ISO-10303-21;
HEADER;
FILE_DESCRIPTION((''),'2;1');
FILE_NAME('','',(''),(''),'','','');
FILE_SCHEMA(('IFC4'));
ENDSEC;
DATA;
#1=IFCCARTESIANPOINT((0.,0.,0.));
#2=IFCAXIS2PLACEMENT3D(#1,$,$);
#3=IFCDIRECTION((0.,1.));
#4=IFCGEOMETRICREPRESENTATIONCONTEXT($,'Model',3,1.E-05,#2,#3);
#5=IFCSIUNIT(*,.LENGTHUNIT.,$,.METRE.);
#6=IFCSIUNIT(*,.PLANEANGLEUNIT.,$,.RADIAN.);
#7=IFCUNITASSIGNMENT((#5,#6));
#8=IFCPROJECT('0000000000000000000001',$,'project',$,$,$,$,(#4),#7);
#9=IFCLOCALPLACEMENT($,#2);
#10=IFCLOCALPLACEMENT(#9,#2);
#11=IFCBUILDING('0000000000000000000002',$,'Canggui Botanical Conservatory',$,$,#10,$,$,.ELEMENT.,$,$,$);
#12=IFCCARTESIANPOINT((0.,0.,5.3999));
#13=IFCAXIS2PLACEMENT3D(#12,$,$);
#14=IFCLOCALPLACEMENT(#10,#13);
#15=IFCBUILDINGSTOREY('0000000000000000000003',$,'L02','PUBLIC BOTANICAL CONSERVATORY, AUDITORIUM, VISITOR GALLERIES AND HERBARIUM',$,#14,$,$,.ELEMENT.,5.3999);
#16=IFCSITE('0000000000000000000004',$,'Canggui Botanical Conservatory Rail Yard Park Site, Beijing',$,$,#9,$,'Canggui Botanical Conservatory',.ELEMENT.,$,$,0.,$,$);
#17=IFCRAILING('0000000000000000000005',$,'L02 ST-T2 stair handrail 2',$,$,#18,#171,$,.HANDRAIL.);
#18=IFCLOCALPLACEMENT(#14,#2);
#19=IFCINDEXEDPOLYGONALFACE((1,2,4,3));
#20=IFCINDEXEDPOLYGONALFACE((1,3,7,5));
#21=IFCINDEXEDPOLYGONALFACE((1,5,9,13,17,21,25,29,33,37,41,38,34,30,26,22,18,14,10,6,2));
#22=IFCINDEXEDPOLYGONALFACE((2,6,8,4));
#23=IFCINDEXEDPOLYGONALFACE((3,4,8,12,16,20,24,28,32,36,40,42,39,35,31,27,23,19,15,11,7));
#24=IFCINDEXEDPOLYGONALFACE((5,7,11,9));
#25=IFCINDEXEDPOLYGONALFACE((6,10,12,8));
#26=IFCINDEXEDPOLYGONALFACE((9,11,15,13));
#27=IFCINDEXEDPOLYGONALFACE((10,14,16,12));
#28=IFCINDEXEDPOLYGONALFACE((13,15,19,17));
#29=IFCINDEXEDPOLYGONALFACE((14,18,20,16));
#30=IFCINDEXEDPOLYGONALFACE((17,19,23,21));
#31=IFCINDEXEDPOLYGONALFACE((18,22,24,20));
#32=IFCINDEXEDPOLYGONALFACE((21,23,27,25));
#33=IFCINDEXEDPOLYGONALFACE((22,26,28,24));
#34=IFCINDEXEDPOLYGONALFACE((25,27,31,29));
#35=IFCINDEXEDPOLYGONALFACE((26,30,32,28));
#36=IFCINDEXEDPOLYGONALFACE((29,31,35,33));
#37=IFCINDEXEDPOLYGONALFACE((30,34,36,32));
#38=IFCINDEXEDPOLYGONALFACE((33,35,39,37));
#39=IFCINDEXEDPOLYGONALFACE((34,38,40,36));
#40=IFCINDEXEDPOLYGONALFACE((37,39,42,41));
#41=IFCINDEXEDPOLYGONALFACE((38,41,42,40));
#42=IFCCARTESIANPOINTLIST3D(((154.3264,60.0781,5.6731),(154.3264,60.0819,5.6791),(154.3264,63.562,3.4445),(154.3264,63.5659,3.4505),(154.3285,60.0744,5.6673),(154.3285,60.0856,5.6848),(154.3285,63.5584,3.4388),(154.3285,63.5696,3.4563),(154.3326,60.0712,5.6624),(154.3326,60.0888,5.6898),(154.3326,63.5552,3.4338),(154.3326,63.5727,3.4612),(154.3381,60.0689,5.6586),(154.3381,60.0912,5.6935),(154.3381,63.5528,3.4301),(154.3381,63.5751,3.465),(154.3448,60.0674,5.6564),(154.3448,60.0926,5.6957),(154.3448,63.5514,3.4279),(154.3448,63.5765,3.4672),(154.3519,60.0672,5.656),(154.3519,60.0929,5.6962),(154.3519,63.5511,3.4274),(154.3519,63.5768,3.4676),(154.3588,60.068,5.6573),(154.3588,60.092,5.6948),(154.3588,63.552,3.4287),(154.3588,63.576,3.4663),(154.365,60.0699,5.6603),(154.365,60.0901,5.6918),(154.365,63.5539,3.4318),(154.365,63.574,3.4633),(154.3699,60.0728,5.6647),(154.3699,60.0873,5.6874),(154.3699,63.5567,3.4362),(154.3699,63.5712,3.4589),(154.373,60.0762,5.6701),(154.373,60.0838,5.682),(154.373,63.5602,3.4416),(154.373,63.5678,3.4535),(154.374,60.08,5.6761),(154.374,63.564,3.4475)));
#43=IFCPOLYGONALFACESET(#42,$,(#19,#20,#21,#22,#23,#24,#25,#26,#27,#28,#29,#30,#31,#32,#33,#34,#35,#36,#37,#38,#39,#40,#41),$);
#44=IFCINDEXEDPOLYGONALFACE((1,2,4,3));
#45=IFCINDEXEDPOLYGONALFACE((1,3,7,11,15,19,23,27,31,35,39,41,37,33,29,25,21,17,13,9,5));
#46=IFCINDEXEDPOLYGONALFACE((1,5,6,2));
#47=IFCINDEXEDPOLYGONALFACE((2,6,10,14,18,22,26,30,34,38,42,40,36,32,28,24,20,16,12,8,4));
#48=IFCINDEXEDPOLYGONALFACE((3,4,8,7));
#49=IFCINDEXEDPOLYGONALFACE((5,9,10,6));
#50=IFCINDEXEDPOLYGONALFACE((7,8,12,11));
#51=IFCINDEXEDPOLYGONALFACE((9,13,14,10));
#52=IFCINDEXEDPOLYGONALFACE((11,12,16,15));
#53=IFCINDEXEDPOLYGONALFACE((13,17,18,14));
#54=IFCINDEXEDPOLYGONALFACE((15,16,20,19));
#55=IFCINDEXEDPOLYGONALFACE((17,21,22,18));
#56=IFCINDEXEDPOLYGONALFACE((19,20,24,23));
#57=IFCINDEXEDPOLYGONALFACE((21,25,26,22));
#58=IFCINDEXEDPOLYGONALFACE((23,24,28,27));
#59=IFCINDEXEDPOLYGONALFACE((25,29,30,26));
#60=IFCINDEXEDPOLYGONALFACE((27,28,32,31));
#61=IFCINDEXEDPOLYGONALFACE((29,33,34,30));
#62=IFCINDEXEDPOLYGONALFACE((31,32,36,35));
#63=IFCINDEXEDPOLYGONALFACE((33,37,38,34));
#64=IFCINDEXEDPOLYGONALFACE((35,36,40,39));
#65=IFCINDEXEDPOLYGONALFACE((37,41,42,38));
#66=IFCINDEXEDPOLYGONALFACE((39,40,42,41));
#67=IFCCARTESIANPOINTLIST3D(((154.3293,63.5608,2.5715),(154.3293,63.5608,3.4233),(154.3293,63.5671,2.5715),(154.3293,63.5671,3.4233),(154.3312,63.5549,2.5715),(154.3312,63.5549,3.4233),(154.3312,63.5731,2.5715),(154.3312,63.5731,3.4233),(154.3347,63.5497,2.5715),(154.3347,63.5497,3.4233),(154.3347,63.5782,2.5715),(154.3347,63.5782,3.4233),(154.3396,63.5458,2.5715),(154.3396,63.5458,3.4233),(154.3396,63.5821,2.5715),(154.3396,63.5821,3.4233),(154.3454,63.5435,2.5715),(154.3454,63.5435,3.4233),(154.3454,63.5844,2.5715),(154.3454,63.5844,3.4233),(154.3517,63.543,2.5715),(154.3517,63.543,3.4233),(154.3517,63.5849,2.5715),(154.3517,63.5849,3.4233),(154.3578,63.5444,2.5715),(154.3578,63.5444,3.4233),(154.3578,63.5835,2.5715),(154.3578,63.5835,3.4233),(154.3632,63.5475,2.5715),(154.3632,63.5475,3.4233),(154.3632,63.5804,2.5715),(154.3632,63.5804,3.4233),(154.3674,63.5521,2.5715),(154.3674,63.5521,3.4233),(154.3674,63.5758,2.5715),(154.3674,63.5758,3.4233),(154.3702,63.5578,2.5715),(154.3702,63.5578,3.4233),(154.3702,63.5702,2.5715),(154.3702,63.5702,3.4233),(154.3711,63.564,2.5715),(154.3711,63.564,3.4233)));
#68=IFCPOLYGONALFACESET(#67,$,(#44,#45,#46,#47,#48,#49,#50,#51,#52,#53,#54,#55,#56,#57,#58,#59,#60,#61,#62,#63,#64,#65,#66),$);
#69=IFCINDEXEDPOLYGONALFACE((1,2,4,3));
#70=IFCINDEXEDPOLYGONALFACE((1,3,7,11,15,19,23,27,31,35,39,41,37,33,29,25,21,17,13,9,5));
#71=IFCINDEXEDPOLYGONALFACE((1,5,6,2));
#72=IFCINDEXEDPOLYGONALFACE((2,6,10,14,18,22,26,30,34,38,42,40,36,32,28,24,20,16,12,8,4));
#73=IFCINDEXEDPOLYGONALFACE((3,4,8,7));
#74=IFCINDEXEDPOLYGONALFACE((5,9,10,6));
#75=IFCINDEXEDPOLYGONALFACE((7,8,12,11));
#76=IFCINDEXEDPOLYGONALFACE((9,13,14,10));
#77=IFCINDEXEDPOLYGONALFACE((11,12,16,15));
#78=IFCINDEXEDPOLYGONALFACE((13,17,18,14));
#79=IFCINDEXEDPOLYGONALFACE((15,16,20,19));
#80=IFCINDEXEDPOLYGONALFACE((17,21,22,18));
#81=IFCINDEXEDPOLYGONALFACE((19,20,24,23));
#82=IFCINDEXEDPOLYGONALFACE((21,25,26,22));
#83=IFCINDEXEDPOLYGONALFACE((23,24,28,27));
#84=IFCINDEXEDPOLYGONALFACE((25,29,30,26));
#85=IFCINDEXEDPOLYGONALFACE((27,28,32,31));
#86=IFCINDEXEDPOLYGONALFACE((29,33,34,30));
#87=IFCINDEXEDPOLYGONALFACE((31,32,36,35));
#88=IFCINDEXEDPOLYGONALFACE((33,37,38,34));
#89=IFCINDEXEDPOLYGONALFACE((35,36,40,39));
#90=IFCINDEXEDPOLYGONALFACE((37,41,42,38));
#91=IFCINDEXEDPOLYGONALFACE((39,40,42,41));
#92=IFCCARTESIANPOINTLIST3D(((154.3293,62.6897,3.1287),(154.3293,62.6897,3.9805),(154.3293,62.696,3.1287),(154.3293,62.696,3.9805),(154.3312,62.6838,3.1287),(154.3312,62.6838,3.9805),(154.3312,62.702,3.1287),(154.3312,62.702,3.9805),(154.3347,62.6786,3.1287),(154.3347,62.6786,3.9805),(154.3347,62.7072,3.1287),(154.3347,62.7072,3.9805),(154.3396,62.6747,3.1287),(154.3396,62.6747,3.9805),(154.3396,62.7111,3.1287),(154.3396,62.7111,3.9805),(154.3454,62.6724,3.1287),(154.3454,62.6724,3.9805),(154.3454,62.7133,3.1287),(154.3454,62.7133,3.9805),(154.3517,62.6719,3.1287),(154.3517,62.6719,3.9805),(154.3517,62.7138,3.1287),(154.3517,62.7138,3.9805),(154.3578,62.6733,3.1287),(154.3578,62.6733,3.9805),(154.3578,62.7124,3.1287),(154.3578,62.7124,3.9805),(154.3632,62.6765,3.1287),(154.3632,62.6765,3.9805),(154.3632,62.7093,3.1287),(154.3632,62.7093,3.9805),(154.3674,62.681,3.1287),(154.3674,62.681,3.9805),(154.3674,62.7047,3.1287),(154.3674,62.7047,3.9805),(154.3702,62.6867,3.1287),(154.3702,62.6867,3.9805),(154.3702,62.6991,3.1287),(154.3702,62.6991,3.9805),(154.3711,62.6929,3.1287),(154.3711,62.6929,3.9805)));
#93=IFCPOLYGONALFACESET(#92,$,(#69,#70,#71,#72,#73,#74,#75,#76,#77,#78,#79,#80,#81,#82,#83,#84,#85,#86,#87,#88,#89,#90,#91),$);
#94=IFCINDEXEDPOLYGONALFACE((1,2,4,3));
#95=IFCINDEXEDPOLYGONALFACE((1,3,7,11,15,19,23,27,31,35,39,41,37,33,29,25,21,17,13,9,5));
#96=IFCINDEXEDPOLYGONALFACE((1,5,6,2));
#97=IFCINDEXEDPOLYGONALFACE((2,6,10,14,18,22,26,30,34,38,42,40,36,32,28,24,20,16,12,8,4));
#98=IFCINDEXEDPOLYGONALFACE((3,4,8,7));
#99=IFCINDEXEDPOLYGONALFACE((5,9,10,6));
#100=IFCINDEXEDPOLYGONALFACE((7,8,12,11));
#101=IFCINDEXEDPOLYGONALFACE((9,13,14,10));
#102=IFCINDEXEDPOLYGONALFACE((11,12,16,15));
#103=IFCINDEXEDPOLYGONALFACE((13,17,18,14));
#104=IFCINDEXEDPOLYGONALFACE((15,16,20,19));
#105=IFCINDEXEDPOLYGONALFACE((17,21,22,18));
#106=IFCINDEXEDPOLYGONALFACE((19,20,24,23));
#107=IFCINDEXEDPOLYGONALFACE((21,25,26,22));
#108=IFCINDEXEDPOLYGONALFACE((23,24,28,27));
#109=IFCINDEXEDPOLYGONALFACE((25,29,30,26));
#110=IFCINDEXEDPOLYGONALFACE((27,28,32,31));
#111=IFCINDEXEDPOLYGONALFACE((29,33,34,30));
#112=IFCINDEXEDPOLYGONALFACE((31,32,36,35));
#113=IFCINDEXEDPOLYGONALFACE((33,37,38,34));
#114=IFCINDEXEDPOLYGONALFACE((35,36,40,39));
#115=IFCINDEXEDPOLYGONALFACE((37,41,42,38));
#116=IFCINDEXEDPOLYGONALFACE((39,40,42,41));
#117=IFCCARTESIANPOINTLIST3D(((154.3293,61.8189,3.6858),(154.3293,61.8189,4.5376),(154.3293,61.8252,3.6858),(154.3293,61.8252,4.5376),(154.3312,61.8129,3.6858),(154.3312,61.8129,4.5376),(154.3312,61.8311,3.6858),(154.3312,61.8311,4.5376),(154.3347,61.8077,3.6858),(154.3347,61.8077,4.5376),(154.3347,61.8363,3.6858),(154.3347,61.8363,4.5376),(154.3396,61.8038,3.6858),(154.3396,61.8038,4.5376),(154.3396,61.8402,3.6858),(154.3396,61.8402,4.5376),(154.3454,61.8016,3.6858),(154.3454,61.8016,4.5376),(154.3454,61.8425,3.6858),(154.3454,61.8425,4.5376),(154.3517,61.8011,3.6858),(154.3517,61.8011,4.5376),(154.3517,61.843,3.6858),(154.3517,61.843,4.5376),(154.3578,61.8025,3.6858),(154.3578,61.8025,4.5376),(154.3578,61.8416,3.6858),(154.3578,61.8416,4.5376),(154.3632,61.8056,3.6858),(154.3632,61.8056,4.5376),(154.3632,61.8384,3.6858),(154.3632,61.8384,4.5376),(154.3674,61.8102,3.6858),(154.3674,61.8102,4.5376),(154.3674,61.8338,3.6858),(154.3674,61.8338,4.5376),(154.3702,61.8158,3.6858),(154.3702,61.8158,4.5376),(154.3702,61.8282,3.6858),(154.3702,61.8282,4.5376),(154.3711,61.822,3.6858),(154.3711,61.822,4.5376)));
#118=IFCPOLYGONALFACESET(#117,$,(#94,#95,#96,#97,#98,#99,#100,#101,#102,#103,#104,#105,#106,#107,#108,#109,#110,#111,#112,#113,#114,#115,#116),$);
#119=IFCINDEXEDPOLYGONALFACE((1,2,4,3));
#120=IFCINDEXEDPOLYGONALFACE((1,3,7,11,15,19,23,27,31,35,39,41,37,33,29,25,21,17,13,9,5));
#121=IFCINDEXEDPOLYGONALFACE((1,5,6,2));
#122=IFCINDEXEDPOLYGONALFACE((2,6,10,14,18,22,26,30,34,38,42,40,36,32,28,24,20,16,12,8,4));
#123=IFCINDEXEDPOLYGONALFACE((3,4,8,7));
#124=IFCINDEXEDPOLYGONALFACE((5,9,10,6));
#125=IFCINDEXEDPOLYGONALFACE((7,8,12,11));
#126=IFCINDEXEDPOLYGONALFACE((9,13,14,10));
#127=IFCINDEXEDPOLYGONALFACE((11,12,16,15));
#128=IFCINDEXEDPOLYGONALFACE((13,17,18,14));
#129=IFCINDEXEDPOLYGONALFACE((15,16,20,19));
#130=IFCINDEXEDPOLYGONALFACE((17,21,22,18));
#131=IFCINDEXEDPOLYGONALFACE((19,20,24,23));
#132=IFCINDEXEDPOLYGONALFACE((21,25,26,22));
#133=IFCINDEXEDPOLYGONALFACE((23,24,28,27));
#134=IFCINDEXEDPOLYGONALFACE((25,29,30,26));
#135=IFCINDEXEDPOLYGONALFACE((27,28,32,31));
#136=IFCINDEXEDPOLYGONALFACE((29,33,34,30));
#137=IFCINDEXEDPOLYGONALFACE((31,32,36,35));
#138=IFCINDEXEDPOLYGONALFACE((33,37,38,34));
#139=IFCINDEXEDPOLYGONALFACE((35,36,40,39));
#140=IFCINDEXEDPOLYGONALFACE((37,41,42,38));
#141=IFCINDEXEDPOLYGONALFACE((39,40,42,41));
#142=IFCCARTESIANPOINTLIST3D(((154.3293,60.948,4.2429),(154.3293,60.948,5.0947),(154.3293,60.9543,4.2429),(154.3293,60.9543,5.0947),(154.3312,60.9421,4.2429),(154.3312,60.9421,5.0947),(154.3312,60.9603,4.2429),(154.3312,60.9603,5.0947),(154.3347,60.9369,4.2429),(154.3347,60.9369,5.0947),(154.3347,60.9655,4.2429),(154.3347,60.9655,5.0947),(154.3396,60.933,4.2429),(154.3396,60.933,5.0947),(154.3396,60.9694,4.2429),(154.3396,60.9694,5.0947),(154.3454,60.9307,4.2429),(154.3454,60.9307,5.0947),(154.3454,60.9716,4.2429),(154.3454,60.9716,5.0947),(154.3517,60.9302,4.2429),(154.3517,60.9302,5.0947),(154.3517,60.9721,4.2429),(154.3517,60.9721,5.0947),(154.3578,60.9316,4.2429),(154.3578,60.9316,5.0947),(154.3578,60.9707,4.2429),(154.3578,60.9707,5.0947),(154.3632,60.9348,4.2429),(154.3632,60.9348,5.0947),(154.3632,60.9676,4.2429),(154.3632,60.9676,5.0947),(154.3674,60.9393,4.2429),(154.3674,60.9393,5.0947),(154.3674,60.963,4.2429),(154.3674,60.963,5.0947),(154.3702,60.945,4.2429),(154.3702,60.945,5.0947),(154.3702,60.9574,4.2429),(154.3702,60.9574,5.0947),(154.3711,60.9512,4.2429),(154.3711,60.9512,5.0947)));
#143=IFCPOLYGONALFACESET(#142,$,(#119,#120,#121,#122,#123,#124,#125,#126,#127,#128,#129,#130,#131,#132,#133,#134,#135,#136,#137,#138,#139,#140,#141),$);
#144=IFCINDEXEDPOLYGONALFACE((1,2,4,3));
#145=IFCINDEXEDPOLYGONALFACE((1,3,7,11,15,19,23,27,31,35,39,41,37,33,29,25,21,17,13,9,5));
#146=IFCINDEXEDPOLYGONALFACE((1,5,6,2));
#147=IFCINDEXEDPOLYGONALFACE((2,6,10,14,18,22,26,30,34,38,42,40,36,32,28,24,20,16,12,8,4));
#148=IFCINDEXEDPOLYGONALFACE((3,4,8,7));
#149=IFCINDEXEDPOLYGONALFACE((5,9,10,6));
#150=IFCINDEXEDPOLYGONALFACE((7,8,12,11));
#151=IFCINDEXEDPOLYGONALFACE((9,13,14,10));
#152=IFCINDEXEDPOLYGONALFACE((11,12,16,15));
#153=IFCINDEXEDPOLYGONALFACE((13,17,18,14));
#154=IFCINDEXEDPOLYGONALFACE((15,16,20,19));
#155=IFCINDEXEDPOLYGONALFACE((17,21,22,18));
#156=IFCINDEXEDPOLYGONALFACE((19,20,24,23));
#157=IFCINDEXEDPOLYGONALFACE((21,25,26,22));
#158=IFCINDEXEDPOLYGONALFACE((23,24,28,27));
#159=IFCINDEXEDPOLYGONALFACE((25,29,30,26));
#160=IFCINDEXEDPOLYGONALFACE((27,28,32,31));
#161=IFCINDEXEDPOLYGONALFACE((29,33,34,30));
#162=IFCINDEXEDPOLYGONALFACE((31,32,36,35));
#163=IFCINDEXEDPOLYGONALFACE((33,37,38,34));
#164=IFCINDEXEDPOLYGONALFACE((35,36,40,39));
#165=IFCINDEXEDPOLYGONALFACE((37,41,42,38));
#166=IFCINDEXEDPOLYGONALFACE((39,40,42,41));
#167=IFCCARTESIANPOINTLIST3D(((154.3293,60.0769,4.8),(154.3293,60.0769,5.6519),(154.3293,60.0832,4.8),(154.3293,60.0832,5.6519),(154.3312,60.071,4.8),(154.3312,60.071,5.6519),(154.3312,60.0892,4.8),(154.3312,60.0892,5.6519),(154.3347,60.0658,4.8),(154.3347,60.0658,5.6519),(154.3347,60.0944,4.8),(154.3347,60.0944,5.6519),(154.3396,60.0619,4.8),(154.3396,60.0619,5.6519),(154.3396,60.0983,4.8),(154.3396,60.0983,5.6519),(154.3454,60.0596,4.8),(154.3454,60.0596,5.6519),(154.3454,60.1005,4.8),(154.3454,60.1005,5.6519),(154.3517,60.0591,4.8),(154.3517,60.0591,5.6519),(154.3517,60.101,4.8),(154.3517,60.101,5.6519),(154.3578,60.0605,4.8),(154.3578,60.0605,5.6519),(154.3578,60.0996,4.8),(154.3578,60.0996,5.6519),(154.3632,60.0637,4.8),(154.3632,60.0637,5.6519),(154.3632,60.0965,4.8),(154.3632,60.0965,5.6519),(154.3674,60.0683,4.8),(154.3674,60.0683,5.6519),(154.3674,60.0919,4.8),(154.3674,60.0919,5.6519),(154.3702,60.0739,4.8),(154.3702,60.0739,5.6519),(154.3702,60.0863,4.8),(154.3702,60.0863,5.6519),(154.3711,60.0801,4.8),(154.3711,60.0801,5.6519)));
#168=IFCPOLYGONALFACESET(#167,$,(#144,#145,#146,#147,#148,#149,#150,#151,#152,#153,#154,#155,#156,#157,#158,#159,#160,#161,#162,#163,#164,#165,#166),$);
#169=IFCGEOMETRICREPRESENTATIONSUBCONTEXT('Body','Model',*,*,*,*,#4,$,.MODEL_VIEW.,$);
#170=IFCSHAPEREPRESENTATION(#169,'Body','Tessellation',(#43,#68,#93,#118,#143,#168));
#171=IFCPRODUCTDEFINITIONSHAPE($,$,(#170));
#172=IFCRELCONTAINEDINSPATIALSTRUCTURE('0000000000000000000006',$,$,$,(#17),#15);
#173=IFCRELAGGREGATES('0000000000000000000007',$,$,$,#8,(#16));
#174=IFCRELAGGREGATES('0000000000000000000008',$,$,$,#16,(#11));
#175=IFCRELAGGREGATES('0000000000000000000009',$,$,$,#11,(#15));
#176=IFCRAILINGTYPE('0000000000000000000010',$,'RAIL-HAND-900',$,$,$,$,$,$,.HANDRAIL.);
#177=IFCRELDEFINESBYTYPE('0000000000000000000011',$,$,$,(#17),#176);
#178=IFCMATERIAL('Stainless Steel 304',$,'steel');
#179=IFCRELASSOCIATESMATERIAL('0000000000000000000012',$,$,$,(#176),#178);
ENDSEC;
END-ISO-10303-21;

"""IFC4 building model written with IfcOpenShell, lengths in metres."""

from ifc_helpers import new_model, si_unit, direction, frame, origin, origin_2d, place, context, subcontext, project, spatial, circle, extrude, material, type_object, element, save


model = new_model("IFC4")

# Units and contexts
model_context = context("Model", 3, precision=1e-05, world=origin(), true_north=direction((0.0, 1.0)))
body_context = subcontext(model_context, "Body", "Model", "MODEL_VIEW")
ifc_project = project(units=[si_unit("LENGTHUNIT", "METRE"), si_unit("PLANEANGLEUNIT", "RADIAN")], contexts=[model_context])

# Site, building, storey
site_placement = place(None, origin())
site = spatial("IfcSite", under=ifc_project, at=site_placement, Name="Canggui Botanical Conservatory Rail Yard Park Site, Beijing", LongName="Canggui Botanical Conservatory", CompositionType="ELEMENT", RefElevation=0.0)
building_placement = place(site_placement, origin())
building = spatial("IfcBuilding", under=site, at=building_placement, Name="Canggui Botanical Conservatory", CompositionType="ELEMENT")
storey_placement = place(building_placement, frame((0.0, 0.0, 5.3999)))
storey = spatial("IfcBuildingStorey", under=building, at=storey_placement, Name="L02", Description="PUBLIC BOTANICAL CONSERVATORY, AUDITORIUM, VISITOR GALLERIES AND HERBARIUM", CompositionType="ELEMENT", Elevation=5.3999)

# Shared definitions
ifc_material_1 = material(Name="Stainless Steel 304", Category="steel")

# Railing
railing_type_1 = type_object("IfcRailingType", Name="RAIL-HAND-900", PredefinedType="HANDRAIL", material=ifc_material_1)
railing_1_placement = place(storey_placement, frame((154.3501, 63.564, 2.5715)))
element("IfcRailing", 1, at=railing_1_placement, inside=storey, type_object=railing_type_1, Name="L02 ST-T2 stair handrail 2", PredefinedType="HANDRAIL", context=body_context, shape_type="SweptSolid", body=[
    extrude(circle(Radius=0.0239, at=origin_2d()), frame((0.0, 0.0, 0.876), z_axis=(0.0, -0.8424, 0.538853), x_axis=(1.0, 0.0, 0.0)), (0.0, 0.0, 1.0), 4.1357),
    extrude(circle(Radius=0.021, at=origin_2d()), origin(), (0.0, 0.0, 1.0), 0.8518),
    extrude(circle(Radius=0.021, at=origin_2d()), frame((0.0, -0.8711, 0.5571)), (0.0, 0.0, 1.0), 0.8518),
    extrude(circle(Radius=0.021, at=origin_2d()), frame((0.0, -1.7419, 1.1143)), (0.0, 0.0, 1.0), 0.8518),
    extrude(circle(Radius=0.021, at=origin_2d()), frame((0.0, -2.6128, 1.6714)), (0.0, 0.0, 1.0), 0.8518),
    extrude(circle(Radius=0.021, at=origin_2d()), frame((0.0, -3.4839, 2.2285)), (0.0, 0.0, 1.0), 0.8518),
])

save(model, "model.ifc")
